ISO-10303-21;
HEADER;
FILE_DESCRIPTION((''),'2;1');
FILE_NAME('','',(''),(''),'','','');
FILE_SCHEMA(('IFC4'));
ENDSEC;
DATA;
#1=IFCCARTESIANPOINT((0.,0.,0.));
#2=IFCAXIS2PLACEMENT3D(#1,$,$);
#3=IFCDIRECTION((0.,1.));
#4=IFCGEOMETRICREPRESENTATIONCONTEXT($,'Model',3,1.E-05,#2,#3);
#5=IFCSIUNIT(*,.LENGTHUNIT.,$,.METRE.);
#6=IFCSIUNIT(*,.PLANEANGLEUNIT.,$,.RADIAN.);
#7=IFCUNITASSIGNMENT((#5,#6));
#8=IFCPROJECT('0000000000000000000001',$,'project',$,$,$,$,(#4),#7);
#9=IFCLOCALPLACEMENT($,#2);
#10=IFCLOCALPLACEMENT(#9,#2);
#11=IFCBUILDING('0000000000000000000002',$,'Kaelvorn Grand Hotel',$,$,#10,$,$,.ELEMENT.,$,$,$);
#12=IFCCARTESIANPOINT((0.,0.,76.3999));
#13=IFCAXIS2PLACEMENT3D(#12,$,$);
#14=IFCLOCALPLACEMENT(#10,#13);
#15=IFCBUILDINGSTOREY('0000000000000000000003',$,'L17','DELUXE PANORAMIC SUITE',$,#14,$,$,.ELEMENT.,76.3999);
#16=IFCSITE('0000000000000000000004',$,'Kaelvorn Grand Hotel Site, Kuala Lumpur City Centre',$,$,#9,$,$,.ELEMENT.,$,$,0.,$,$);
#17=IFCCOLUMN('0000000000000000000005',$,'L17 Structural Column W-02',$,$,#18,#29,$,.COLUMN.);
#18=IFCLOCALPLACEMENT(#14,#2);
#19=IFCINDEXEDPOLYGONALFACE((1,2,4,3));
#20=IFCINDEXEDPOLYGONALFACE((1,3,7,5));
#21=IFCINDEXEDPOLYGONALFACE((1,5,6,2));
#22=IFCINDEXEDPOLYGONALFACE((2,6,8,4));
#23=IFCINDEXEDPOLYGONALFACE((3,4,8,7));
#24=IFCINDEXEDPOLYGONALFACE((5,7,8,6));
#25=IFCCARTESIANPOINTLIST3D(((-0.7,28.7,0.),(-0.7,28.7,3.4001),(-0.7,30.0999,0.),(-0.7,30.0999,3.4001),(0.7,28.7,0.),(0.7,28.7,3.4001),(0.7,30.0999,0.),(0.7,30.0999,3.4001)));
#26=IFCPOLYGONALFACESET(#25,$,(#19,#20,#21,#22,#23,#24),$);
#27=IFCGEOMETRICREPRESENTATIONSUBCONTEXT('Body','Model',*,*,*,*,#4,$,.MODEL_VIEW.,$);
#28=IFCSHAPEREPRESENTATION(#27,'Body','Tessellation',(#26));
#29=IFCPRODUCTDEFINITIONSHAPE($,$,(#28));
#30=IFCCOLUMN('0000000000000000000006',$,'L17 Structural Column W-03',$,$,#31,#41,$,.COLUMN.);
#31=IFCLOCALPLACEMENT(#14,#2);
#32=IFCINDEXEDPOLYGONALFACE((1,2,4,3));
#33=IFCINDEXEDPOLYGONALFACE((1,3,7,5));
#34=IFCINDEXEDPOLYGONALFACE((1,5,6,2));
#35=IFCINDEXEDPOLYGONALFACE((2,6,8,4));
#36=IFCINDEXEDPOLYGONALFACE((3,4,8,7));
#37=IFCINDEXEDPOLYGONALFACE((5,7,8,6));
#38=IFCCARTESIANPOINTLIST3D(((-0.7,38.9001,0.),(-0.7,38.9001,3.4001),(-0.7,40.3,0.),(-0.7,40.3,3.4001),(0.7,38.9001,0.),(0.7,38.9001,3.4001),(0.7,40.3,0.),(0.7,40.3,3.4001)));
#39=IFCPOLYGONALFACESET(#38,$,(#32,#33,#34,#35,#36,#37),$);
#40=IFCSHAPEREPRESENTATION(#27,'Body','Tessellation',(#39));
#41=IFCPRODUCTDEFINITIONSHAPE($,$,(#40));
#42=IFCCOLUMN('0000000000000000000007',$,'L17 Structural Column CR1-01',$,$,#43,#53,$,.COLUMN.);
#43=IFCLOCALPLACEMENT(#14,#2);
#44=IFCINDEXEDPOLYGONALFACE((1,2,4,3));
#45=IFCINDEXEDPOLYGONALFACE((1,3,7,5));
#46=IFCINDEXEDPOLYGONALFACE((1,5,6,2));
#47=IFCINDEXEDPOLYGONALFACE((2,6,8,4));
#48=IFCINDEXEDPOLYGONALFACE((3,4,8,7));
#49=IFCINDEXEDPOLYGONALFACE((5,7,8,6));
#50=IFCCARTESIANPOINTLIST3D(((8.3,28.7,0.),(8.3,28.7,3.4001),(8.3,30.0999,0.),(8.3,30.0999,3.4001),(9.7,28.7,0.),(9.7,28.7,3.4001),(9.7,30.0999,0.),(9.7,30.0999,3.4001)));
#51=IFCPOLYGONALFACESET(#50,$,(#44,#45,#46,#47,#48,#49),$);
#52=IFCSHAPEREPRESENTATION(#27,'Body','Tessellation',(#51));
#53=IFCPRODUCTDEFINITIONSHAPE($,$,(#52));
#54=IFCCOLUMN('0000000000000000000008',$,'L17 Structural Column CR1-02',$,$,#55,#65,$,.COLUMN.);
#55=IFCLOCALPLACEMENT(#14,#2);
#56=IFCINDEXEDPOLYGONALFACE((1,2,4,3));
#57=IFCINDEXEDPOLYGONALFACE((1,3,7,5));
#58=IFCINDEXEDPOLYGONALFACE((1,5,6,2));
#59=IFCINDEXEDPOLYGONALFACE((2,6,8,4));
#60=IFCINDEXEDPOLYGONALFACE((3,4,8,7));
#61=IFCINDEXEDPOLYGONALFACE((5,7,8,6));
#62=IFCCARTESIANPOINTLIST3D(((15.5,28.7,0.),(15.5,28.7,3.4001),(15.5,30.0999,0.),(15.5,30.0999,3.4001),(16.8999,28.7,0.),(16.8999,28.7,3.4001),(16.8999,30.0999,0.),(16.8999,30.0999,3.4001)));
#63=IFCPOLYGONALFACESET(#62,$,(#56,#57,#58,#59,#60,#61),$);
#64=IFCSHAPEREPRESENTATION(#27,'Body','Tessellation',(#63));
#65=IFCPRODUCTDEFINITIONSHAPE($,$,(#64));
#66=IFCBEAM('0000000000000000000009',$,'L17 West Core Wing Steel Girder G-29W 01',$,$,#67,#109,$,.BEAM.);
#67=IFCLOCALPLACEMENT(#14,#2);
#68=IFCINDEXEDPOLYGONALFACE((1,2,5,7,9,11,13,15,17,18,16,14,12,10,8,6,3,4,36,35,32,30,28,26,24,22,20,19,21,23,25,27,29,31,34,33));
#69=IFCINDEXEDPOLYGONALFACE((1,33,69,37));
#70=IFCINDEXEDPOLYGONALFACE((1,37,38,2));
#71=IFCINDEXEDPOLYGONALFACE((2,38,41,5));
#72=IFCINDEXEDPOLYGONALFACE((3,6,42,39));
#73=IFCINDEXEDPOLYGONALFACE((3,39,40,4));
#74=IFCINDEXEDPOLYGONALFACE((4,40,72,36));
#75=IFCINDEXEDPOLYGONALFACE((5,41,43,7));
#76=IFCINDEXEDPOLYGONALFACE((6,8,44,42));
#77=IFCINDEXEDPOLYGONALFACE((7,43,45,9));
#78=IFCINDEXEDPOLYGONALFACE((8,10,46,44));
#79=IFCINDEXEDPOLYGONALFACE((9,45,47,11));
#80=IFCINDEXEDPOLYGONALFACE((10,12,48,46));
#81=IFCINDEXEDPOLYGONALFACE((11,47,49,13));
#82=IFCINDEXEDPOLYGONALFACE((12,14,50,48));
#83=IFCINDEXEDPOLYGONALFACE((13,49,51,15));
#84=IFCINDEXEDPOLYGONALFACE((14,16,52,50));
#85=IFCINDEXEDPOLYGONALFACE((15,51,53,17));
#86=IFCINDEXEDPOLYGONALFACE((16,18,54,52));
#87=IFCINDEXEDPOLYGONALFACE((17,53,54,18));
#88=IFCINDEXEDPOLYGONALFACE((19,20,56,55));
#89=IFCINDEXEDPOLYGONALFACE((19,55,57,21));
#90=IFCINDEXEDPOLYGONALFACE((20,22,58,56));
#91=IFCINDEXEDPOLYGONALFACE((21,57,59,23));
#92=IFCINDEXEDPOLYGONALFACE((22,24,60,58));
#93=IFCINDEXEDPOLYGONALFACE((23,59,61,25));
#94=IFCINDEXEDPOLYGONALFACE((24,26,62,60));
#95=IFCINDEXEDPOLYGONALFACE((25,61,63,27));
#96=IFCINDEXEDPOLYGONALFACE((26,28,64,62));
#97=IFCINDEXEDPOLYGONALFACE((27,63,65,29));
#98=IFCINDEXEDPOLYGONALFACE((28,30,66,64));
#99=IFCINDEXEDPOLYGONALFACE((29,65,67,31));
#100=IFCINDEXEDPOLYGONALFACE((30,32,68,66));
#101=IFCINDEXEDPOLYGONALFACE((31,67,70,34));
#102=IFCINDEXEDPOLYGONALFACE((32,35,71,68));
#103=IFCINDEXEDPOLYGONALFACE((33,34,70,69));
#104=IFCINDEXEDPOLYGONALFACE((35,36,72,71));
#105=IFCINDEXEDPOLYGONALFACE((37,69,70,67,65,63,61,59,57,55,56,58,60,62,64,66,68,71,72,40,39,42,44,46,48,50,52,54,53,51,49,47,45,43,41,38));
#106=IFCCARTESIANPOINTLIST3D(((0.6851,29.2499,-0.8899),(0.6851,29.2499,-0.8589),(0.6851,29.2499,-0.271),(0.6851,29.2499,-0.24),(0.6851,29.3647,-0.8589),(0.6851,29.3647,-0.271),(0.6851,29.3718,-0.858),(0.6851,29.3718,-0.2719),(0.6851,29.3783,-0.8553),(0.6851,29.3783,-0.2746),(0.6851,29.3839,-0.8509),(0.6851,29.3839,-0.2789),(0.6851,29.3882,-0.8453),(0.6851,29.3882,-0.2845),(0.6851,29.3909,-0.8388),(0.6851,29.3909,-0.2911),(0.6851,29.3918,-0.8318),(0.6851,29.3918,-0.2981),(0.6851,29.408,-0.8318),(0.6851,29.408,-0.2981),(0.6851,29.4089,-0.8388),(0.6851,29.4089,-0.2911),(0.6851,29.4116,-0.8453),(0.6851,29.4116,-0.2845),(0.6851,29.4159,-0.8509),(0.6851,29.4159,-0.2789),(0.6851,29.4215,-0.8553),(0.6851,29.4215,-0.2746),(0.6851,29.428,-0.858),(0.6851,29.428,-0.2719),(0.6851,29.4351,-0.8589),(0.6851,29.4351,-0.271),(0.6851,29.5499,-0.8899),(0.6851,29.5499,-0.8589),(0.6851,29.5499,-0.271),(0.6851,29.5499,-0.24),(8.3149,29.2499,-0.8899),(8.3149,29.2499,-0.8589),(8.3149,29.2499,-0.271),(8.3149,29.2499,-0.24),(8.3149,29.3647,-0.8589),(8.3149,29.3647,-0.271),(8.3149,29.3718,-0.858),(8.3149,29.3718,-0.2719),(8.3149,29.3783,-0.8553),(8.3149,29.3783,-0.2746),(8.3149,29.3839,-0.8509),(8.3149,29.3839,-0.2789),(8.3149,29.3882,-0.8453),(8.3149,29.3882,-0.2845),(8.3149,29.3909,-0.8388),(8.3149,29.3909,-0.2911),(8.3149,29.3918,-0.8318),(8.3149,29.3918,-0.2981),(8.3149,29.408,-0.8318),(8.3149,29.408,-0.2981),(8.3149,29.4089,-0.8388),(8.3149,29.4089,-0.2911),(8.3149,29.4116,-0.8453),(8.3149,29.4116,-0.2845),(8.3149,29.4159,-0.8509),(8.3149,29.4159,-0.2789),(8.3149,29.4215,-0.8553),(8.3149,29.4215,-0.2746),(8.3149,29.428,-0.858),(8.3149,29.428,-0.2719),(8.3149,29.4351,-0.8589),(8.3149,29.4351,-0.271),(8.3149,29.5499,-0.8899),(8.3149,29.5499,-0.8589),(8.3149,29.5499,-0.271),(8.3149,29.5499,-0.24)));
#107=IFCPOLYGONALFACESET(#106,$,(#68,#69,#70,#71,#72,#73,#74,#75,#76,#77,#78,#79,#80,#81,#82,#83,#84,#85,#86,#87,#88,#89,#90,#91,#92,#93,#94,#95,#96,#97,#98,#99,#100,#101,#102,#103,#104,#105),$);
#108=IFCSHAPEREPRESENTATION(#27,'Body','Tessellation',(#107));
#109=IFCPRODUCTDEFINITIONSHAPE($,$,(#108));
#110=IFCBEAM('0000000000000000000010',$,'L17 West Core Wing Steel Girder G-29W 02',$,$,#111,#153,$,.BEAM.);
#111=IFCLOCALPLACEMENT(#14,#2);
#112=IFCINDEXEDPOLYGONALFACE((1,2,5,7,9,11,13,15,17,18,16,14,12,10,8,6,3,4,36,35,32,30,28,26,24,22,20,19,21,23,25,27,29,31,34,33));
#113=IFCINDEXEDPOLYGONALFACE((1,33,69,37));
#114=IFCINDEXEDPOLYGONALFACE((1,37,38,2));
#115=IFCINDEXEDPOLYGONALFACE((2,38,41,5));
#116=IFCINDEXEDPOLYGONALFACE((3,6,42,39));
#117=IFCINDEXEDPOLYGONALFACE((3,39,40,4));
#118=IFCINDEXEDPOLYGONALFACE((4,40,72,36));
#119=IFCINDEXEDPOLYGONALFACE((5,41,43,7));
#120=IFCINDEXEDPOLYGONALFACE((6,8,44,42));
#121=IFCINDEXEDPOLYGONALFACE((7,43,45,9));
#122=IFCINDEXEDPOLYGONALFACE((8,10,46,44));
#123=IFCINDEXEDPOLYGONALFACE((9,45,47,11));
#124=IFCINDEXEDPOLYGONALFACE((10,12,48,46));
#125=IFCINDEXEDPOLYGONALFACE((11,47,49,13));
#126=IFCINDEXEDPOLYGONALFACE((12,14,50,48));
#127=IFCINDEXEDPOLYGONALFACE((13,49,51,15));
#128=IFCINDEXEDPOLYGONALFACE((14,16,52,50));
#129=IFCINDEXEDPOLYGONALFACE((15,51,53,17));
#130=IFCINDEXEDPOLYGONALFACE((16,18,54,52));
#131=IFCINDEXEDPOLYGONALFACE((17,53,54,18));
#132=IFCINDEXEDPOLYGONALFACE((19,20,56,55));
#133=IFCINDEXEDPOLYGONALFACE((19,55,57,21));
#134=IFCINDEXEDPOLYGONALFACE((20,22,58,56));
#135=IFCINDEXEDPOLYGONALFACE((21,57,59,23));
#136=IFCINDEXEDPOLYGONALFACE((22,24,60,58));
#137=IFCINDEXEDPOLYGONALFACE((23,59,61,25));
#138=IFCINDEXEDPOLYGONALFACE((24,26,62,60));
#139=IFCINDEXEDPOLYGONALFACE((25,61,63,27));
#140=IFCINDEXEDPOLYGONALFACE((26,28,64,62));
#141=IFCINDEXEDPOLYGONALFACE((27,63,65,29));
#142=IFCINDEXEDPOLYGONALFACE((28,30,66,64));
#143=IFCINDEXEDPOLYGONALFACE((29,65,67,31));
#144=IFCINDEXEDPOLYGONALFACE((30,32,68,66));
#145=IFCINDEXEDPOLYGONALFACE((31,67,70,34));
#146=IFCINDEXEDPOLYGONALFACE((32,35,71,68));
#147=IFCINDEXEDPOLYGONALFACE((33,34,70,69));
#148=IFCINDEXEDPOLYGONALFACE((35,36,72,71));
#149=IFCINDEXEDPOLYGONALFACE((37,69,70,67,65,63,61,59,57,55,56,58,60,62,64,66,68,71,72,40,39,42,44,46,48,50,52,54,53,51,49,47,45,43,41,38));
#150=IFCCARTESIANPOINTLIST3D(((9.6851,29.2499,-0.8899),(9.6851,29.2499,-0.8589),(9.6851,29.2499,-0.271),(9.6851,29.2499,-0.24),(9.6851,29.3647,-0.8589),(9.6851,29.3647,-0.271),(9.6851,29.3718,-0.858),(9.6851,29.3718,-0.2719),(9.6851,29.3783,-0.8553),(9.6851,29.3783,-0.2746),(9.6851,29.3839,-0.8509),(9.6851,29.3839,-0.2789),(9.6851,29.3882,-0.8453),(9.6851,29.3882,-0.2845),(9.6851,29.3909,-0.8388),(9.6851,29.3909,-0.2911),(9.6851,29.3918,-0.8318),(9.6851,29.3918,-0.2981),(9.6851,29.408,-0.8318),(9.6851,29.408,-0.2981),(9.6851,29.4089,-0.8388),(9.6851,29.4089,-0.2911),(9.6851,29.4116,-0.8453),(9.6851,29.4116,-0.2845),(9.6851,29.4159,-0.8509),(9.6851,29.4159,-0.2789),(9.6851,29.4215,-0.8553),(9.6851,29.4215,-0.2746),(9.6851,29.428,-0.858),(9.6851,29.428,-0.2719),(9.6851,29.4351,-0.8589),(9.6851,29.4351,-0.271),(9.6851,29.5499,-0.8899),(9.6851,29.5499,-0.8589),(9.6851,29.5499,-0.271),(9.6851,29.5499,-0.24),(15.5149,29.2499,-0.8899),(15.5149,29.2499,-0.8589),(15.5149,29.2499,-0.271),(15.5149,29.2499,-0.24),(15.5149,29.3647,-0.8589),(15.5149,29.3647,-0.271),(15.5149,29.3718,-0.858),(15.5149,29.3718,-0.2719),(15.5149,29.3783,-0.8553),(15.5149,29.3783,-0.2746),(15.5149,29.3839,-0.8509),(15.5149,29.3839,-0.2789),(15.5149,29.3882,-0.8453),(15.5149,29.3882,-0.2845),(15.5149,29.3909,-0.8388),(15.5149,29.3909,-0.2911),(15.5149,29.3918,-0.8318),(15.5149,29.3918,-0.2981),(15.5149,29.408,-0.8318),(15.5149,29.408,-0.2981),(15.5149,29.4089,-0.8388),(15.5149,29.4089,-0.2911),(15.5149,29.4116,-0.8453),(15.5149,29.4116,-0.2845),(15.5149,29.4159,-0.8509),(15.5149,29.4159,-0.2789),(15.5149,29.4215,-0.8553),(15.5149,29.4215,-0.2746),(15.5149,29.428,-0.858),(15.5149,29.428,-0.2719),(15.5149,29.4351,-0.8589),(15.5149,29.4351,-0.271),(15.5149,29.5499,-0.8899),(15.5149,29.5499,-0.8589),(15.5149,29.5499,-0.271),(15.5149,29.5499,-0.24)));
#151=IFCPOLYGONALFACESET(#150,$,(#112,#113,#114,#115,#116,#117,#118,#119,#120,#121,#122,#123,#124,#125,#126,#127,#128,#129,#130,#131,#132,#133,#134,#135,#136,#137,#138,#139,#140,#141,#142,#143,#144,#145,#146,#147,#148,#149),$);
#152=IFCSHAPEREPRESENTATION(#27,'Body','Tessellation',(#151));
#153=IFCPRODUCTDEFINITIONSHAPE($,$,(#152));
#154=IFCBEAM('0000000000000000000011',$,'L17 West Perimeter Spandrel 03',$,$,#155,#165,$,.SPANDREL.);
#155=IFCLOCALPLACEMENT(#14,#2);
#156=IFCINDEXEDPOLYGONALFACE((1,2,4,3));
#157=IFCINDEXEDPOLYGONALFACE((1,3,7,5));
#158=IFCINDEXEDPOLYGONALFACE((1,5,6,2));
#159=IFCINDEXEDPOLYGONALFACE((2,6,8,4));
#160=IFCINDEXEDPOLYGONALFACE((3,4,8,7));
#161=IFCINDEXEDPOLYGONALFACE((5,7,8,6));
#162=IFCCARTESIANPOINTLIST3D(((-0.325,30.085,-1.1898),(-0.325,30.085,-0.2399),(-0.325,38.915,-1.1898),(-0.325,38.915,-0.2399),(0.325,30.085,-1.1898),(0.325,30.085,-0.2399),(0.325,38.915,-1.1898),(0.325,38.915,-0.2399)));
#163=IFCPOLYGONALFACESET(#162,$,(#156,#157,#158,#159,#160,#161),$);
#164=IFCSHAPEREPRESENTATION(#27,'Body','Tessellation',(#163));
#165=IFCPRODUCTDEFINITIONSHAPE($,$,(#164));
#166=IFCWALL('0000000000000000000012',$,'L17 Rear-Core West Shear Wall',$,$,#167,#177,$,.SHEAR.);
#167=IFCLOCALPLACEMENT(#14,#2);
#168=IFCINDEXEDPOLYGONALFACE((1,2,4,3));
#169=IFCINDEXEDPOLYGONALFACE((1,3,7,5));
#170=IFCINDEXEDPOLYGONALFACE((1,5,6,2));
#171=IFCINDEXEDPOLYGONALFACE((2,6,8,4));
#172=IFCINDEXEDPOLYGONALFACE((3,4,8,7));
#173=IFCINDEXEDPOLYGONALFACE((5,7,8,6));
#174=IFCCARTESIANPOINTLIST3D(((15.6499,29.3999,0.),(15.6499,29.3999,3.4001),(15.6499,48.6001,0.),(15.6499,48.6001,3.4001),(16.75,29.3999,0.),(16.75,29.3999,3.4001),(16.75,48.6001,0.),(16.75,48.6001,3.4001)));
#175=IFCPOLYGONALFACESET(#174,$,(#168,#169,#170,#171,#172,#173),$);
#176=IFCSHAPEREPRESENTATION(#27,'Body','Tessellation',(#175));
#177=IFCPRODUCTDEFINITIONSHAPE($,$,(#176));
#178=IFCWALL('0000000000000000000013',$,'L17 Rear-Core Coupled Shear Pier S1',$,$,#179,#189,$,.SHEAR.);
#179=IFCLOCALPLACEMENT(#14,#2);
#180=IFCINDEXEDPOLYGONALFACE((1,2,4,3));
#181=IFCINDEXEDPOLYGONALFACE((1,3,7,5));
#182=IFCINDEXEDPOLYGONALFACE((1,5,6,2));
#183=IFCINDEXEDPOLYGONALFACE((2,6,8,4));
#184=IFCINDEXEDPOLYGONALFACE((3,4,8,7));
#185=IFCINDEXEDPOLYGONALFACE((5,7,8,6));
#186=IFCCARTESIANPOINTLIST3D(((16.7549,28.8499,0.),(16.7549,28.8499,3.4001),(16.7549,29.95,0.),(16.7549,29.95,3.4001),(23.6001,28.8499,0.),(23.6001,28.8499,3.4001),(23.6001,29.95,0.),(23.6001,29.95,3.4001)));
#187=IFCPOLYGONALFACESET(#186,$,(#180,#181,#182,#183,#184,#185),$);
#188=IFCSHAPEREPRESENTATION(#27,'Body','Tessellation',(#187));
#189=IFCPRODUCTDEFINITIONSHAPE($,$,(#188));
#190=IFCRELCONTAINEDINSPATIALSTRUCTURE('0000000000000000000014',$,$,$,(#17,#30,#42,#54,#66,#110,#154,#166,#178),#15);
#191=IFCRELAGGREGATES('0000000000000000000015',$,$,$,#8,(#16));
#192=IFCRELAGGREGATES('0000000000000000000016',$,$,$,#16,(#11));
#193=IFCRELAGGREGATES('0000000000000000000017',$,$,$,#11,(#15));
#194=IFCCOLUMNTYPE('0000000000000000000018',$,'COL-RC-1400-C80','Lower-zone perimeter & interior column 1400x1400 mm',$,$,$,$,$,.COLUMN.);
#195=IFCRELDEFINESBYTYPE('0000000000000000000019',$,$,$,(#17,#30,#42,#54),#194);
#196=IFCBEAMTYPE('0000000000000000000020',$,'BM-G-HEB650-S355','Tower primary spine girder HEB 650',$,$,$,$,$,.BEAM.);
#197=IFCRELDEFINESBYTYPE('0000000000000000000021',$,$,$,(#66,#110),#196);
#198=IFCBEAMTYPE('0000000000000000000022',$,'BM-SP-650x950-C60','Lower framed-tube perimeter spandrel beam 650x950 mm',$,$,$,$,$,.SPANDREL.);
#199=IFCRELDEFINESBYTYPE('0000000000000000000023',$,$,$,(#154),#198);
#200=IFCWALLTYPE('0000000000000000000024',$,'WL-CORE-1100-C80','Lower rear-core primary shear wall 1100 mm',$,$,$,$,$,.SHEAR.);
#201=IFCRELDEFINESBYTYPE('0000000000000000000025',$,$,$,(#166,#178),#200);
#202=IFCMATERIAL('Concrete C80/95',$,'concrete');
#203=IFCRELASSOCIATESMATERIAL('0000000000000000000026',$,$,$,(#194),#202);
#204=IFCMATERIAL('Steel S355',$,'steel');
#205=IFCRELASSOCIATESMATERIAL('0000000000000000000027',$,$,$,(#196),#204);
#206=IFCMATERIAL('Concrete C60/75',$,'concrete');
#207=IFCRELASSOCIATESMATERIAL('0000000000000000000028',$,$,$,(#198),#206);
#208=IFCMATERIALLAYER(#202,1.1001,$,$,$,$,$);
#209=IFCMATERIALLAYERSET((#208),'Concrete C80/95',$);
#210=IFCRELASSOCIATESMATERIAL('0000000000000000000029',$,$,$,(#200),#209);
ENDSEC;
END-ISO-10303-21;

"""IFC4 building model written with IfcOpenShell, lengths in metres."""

from ifc_helpers import new_model, si_unit, direction, frame, frame_2d, origin, origin_2d, place, context, subcontext, project, spatial, rectangle, i_section, extrude, material, layer, layer_set, material_profile, profile_set, type_object, element, save


model = new_model("IFC4")

# Units and contexts
model_context = context("Model", 3, precision=1e-05, world=origin(), true_north=direction((0.0, 1.0)))
body_context = subcontext(model_context, "Body", "Model", "MODEL_VIEW")
ifc_project = project(units=[si_unit("LENGTHUNIT", "METRE"), si_unit("PLANEANGLEUNIT", "RADIAN")], contexts=[model_context])

# Site, building, storey
site_placement = place(None, origin())
site = spatial("IfcSite", under=ifc_project, at=site_placement, Name="Kaelvorn Grand Hotel Site, Kuala Lumpur City Centre", CompositionType="ELEMENT", RefElevation=0.0)
building_placement = place(site_placement, origin())
building = spatial("IfcBuilding", under=site, at=building_placement, Name="Kaelvorn Grand Hotel", CompositionType="ELEMENT")
storey_placement = place(building_placement, frame((0.0, 0.0, 76.3999)))
storey = spatial("IfcBuildingStorey", under=building, at=storey_placement, Name="L17", Description="DELUXE PANORAMIC SUITE", CompositionType="ELEMENT", Elevation=76.3999)

# Columns
ifc_material_1 = material(Name="Concrete C80/95", Category="concrete")
ifc_material_profile_1 = material_profile(ifc_material_1, rectangle(XDim=1.3999, YDim=1.3999, at=origin_2d()), Name="RC COL 1400x1400")
ifc_profile_set_1 = profile_set([ifc_material_profile_1], Name="Concrete C80/95")
column_type = type_object("IfcColumnType", Name="COL-RC-1400-C80", Description="Lower-zone perimeter & interior column 1400x1400 mm", PredefinedType="COLUMN", material=ifc_profile_set_1)
for number, where, z_axis, x_axis, name in (
    (1, (0.0, 29.3999, 0.0), (0.0, 0.0, 1.0), (1.0, 0.0, 0.0), "L17 Structural Column W-02"),
    (2, (0.0, 39.6001, 0.0), (0.0, 0.0, 1.0), (1.0, 0.0, 0.0), "L17 Structural Column W-03"),
    (3, (9.0, 29.3999, 0.0), (0.0, 0.0, 1.0), (1.0, 0.0, 0.0), "L17 Structural Column CR1-01"),
    (4, (16.2, 29.3999, 0.0), (0.0, 0.0, 1.0), (1.0, 0.0, 0.0), "L17 Structural Column CR1-02"),
):
    element("IfcColumn", number, at=place(storey_placement, frame(where, z_axis=z_axis, x_axis=x_axis)), inside=storey, type_object=column_type, Name=name, PredefinedType="COLUMN", context=body_context, shape_type="SweptSolid", body=[
        extrude(rectangle(XDim=1.3999, YDim=1.3999, at=origin_2d()), origin(), (0.0, 0.0, 1.0), 3.4001),
    ])

# Beams
ifc_material_2 = material(Name="Steel S355", Category="steel")
ifc_material_profile_2 = material_profile(ifc_material_2, i_section(OverallWidth=0.3, OverallDepth=0.6499, WebThickness=0.0161, FlangeThickness=0.031, FilletRadius=0.0271, at=origin_2d()), Name="HEB 650")
ifc_profile_set_2 = profile_set([ifc_material_profile_2], Name="Steel S355")
beam_type_1 = type_object("IfcBeamType", Name="BM-G-HEB650-S355", Description="Tower primary spine girder HEB 650", PredefinedType="BEAM", material=ifc_profile_set_2)
beam_1_placement = place(storey_placement, frame((0.6851, 29.3999, -0.5649), z_axis=(1.0, 0.0, 0.0), x_axis=(0.0, 1.0, 0.0)))
element("IfcBeam", 5, at=beam_1_placement, inside=storey, type_object=beam_type_1, Name="L17 West Core Wing Steel Girder G-29W 01", PredefinedType="BEAM", context=body_context, shape_type="SweptSolid", body=[
    extrude(i_section(OverallWidth=0.3, OverallDepth=0.6499, WebThickness=0.0161, FlangeThickness=0.031, FilletRadius=0.0271, at=origin_2d()), origin(), (0.0, 0.0, 1.0), 7.6299),
])
beam_2_placement = place(storey_placement, frame((9.6851, 29.3999, -0.5649), z_axis=(1.0, 0.0, 0.0), x_axis=(0.0, 1.0, 0.0)))
element("IfcBeam", 6, at=beam_2_placement, inside=storey, type_object=beam_type_1, Name="L17 West Core Wing Steel Girder G-29W 02", PredefinedType="BEAM", context=body_context, shape_type="SweptSolid", body=[
    extrude(i_section(OverallWidth=0.3, OverallDepth=0.6499, WebThickness=0.0161, FlangeThickness=0.031, FilletRadius=0.0271, at=origin_2d()), origin(), (0.0, 0.0, 1.0), 5.8298),
])
ifc_material_3 = material(Name="Concrete C60/75", Category="concrete")
ifc_material_profile_3 = material_profile(ifc_material_3, rectangle(XDim=0.6499, YDim=0.95, at=origin_2d()), Name="RC SPANDREL 650x950")
ifc_profile_set_3 = profile_set([ifc_material_profile_3], Name="Concrete C60/75")
beam_type_2 = type_object("IfcBeamType", Name="BM-SP-650x950-C60", Description="Lower framed-tube perimeter spandrel beam 650x950 mm", PredefinedType="SPANDREL", material=ifc_profile_set_3)
beam_3_placement = place(storey_placement, frame((0.0, 30.085, -0.7148), z_axis=(0.0, 1.0, 0.0), x_axis=(-1.0, 0.0, 0.0)))
element("IfcBeam", 7, at=beam_3_placement, inside=storey, type_object=beam_type_2, Name="L17 West Perimeter Spandrel 03", PredefinedType="SPANDREL", context=body_context, shape_type="SweptSolid", body=[
    extrude(rectangle(XDim=0.6499, YDim=0.95, at=origin_2d()), origin(), (0.0, 0.0, 1.0), 8.8301),
])

# Walls
ifc_layer_1 = layer(ifc_material_1, 1.1001)
ifc_layer_set_1 = layer_set([ifc_layer_1], Name="Concrete C80/95")
wall_type_1 = type_object("IfcWallType", Name="WL-CORE-1100-C80", Description="Lower rear-core primary shear wall 1100 mm", PredefinedType="SHEAR", material=ifc_layer_set_1)
wall_1_placement = place(storey_placement, frame((16.2, 29.3999, 0.0), z_axis=(0.0, 0.0, 1.0), x_axis=(0.0, 1.0, 0.0)))
element("IfcWall", 8, at=wall_1_placement, inside=storey, type_object=wall_type_1, Name="L17 Rear-Core West Shear Wall", PredefinedType="SHEAR", context=body_context, shape_type="SweptSolid", body=[
    extrude(rectangle(XDim=19.2002, YDim=1.1001, at=frame_2d((9.6001, 0.0))), origin(), (0.0, 0.0, 1.0), 3.4001),
])
wall_2_placement = place(storey_placement, frame((16.7549, 29.3999, 0.0), z_axis=(0.0, 0.0, 1.0), x_axis=(1.0, 0.0, 0.0)))
element("IfcWall", 9, at=wall_2_placement, inside=storey, type_object=wall_type_1, Name="L17 Rear-Core Coupled Shear Pier S1", PredefinedType="SHEAR", context=body_context, shape_type="SweptSolid", body=[
    extrude(rectangle(XDim=6.8452, YDim=1.1001, at=frame_2d((3.4226, 0.0))), origin(), (0.0, 0.0, 1.0), 3.4001),
])

save(model, "model.ifc")
